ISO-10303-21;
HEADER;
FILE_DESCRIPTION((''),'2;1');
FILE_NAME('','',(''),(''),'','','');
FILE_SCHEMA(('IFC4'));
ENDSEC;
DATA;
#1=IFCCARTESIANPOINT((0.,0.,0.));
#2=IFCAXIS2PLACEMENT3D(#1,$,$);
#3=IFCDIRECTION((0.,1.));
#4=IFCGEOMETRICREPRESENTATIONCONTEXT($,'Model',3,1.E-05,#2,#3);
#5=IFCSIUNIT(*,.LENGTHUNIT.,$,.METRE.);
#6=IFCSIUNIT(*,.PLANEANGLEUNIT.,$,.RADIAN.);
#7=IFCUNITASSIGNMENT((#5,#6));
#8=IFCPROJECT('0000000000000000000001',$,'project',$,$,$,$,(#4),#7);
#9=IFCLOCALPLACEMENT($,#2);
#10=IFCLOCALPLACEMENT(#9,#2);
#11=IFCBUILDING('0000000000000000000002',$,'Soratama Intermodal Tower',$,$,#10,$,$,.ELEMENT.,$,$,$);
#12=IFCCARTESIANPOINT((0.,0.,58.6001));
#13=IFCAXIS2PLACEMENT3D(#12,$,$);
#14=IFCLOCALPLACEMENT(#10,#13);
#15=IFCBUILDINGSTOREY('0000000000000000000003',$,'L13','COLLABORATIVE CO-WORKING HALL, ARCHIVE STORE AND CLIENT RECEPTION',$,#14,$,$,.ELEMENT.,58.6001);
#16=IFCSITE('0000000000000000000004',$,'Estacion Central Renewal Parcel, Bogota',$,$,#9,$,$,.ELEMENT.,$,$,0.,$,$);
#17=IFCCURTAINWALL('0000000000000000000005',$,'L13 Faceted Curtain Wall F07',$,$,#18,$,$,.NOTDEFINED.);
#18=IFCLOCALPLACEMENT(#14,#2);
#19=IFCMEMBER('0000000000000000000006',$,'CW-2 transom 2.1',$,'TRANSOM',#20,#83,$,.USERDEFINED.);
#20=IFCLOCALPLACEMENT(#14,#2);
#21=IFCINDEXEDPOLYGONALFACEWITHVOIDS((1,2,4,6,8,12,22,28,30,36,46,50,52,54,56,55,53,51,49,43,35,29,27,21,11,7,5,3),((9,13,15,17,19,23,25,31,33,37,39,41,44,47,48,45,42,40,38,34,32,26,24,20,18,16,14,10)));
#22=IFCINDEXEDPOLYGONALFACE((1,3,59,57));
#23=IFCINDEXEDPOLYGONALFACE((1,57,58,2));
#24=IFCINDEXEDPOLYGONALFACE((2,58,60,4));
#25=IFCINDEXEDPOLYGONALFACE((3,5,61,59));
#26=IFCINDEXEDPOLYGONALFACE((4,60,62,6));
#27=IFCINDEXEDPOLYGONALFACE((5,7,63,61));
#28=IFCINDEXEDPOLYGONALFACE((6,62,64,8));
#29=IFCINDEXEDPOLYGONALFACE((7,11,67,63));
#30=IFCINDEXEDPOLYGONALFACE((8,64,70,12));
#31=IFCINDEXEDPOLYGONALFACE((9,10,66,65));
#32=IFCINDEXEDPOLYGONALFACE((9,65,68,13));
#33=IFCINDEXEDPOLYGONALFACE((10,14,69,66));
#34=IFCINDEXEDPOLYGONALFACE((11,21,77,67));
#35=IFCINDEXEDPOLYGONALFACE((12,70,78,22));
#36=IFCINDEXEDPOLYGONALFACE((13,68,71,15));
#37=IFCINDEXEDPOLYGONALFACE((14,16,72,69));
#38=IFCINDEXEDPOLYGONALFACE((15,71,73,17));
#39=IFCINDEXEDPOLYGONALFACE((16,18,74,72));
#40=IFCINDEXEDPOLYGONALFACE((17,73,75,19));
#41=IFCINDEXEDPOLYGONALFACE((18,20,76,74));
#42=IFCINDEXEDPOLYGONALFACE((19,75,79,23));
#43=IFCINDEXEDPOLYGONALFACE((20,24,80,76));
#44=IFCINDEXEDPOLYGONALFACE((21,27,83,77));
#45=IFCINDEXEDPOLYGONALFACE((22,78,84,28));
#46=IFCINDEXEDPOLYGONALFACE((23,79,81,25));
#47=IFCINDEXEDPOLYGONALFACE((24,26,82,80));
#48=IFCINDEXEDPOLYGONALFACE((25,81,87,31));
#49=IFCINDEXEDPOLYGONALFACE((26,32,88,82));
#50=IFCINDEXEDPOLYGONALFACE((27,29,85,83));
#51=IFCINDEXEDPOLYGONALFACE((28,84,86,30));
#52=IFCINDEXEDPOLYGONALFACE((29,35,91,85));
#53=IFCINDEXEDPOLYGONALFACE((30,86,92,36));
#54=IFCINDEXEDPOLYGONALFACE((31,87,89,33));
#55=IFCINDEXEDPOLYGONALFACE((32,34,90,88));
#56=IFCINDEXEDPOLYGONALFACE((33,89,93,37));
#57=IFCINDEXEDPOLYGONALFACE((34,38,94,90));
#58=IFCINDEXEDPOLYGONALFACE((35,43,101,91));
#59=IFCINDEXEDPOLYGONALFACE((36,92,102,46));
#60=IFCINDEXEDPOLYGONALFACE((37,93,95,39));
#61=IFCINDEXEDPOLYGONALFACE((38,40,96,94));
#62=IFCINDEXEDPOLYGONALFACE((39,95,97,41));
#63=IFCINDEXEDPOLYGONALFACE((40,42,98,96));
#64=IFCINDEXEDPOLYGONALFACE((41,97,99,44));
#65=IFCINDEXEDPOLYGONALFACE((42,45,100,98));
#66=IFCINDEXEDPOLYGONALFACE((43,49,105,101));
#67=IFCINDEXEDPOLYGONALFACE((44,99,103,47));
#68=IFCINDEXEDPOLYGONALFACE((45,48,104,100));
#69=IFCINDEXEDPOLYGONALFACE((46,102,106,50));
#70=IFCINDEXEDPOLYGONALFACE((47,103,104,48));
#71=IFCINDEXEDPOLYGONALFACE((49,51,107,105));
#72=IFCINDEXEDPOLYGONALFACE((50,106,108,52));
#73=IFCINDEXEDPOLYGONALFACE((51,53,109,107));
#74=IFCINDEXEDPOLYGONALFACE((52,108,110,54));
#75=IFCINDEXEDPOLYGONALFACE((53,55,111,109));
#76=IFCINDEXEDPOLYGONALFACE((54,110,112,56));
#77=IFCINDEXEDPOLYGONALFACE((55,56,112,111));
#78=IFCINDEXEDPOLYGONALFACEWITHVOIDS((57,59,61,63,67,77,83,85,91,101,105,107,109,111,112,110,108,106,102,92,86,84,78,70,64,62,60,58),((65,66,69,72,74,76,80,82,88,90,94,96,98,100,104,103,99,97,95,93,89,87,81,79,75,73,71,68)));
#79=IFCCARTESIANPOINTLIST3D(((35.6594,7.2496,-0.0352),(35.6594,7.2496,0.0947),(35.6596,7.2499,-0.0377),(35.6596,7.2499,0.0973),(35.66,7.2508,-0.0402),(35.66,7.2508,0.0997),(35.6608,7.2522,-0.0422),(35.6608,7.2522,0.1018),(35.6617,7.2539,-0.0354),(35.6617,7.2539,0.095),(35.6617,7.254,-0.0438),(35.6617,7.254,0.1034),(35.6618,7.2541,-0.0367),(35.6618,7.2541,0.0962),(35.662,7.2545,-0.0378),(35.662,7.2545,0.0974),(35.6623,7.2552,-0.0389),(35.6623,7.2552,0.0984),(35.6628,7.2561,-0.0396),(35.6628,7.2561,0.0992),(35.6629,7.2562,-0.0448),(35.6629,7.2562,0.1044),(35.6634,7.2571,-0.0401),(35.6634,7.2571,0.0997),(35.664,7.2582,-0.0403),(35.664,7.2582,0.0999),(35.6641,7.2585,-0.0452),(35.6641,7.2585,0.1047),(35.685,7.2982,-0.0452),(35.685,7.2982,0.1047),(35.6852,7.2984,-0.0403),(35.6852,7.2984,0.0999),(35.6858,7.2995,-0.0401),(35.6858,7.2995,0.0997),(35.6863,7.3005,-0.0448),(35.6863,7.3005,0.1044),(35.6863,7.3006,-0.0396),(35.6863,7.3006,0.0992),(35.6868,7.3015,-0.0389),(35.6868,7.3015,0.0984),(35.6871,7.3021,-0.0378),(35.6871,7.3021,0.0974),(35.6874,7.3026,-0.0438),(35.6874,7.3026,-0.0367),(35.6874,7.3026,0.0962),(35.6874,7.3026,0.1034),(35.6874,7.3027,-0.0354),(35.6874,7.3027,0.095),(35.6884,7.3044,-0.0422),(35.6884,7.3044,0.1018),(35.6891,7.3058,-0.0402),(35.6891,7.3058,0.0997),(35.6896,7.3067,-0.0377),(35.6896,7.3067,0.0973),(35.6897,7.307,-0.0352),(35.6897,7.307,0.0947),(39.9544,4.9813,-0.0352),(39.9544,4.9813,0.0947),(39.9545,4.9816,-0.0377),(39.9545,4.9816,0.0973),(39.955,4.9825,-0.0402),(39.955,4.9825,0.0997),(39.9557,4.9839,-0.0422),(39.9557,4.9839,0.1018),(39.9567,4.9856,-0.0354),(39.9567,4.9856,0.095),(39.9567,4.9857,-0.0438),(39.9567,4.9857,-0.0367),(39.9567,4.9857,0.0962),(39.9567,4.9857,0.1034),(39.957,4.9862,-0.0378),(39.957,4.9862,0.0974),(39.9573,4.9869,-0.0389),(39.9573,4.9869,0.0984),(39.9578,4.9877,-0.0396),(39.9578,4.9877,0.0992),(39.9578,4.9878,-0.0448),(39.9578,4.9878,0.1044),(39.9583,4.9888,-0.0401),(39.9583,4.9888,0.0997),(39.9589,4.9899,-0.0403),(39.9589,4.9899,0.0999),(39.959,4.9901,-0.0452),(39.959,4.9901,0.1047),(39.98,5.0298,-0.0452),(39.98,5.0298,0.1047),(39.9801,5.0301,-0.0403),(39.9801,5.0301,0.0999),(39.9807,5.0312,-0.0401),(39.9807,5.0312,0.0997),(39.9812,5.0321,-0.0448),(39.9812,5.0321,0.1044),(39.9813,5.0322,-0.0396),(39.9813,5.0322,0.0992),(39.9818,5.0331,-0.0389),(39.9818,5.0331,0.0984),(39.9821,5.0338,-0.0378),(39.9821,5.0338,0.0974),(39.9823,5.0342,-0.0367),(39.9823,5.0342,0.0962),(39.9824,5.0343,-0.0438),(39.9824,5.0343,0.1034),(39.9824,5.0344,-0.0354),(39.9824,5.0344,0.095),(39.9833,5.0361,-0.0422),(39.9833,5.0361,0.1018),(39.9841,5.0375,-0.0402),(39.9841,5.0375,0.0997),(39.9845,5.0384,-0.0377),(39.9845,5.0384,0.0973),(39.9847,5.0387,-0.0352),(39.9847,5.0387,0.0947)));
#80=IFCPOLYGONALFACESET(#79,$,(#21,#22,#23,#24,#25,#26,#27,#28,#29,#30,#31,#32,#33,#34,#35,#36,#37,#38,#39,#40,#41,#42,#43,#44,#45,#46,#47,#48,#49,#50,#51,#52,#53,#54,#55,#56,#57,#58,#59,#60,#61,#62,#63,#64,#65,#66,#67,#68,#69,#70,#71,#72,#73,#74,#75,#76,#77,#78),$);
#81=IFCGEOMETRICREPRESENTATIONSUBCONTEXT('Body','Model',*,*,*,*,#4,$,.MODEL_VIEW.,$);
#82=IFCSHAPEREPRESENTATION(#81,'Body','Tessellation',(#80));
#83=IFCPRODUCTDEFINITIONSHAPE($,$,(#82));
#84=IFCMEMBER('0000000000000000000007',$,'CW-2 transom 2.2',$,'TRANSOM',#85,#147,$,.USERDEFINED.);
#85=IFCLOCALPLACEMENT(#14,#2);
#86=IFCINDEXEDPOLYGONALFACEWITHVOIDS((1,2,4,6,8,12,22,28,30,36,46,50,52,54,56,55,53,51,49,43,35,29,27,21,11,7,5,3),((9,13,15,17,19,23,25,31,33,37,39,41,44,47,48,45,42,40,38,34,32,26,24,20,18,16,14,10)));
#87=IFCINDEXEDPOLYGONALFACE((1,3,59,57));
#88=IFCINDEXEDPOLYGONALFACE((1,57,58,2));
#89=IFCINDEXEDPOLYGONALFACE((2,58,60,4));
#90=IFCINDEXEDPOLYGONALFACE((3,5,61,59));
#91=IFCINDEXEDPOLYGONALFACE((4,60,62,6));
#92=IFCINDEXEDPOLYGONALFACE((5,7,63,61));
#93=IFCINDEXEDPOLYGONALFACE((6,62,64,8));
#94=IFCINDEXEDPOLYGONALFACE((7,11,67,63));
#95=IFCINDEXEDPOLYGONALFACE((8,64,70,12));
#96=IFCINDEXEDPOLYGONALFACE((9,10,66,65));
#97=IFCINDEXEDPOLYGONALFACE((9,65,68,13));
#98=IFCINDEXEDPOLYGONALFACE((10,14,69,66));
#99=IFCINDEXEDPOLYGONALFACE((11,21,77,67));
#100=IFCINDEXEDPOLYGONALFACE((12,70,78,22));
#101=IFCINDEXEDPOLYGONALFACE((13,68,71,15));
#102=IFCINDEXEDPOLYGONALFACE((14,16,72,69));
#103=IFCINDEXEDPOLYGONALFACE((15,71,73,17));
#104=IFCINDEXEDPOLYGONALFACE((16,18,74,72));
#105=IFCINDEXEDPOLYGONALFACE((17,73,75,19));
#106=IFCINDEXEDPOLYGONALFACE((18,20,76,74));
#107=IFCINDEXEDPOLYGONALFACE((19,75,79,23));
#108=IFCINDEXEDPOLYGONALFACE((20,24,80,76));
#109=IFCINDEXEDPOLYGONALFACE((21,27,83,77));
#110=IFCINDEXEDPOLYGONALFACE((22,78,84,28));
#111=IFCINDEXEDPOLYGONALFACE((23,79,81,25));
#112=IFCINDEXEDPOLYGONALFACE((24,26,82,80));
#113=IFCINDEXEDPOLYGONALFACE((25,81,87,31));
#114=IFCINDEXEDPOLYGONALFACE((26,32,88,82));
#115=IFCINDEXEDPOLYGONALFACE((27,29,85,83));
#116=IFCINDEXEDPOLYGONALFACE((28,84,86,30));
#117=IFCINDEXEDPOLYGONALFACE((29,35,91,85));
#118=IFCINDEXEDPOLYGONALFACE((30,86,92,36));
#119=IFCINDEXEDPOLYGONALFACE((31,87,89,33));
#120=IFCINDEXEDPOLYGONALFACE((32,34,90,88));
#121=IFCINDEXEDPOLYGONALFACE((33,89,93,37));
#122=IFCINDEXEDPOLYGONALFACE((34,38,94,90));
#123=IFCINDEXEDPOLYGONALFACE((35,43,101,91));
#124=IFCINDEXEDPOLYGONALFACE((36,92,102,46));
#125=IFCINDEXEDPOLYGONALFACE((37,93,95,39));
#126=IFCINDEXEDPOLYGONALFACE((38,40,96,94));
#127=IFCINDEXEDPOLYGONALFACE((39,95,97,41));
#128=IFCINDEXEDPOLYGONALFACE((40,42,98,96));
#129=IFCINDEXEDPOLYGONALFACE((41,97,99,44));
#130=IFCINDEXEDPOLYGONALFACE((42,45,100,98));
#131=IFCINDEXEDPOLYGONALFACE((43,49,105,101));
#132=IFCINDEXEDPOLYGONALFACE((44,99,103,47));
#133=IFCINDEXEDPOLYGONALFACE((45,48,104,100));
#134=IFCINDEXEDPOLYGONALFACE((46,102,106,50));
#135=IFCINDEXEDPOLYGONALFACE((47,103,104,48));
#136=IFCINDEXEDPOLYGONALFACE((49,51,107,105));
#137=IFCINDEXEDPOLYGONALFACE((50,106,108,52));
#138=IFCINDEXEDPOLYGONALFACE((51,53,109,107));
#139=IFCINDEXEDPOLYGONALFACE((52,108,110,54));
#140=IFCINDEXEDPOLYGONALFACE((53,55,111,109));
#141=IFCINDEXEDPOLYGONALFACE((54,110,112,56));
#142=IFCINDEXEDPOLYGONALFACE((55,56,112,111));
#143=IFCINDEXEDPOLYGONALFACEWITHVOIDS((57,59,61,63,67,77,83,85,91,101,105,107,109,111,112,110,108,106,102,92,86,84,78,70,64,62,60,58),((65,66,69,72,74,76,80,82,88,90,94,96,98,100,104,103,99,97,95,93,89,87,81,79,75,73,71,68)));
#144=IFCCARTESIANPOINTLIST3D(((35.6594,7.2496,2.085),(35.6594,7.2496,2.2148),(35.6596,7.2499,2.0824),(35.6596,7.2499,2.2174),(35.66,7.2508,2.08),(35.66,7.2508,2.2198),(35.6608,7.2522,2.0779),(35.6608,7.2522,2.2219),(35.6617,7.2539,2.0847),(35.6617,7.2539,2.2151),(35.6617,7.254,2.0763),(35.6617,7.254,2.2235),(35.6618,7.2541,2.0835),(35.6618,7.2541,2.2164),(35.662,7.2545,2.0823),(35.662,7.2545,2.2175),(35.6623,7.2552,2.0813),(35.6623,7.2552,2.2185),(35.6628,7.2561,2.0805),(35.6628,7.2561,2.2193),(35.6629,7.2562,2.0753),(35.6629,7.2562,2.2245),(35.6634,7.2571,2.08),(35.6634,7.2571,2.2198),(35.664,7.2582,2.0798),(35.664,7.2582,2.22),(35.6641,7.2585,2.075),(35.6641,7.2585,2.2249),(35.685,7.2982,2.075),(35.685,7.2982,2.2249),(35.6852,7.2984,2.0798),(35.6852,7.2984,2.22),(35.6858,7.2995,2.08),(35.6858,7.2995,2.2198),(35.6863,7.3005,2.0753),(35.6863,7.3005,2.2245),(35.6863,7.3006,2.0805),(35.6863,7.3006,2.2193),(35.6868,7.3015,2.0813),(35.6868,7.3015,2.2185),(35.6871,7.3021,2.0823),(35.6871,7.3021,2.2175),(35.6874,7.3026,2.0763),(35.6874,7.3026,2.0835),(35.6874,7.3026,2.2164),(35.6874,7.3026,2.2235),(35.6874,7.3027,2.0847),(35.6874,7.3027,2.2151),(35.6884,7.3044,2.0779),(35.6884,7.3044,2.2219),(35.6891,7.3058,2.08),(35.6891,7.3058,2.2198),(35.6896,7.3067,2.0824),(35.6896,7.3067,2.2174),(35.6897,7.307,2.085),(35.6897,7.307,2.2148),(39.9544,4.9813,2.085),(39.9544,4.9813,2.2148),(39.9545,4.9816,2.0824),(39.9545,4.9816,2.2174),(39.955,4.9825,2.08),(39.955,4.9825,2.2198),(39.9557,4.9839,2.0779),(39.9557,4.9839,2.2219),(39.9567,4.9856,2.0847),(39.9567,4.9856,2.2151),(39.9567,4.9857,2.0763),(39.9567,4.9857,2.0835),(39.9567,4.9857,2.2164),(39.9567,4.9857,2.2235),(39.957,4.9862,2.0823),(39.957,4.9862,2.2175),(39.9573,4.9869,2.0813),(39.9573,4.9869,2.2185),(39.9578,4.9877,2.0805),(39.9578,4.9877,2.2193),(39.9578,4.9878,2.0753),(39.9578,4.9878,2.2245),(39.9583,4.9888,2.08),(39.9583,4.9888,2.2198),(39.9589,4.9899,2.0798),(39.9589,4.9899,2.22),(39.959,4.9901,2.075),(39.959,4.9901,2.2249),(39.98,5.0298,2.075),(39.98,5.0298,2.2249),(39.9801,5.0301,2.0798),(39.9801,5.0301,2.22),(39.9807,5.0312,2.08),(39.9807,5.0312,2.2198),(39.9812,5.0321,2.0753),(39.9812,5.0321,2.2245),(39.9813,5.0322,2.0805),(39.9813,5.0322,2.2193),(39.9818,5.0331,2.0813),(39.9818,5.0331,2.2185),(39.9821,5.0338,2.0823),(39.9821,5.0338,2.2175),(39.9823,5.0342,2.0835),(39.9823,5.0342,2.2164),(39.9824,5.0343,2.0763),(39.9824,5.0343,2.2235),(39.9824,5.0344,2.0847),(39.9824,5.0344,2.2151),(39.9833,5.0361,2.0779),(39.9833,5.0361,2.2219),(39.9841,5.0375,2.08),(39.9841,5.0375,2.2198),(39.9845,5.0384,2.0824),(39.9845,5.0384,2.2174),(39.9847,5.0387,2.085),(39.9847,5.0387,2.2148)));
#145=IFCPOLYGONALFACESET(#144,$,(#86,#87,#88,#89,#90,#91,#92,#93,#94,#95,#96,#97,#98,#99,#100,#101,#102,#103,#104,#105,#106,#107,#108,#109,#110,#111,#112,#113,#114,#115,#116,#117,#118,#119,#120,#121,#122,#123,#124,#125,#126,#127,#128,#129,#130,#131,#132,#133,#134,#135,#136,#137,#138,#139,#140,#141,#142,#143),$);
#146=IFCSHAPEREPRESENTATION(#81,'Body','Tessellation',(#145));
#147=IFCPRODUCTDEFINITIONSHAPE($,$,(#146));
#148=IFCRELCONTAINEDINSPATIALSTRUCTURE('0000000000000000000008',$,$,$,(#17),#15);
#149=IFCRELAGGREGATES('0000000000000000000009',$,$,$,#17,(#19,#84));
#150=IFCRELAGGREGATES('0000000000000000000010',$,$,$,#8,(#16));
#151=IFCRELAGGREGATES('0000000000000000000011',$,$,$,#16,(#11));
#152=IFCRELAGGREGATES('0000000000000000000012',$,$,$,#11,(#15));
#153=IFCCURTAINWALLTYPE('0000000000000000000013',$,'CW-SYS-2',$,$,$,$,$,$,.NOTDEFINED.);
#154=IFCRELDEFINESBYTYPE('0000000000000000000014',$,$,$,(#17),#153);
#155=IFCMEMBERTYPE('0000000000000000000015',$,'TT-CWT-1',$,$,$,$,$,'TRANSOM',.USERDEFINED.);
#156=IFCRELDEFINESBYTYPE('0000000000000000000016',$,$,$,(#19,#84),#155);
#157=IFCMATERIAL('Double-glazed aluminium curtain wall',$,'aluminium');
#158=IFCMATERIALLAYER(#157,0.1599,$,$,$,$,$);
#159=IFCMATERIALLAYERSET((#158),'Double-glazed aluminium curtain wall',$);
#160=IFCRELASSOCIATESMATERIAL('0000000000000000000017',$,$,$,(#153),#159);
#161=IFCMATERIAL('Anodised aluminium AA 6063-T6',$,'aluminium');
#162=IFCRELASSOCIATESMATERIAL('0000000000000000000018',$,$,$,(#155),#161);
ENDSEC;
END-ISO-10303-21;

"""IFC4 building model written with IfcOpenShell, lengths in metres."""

from ifc_helpers import new_model, si_unit, direction, frame, origin, origin_2d, place, context, subcontext, project, spatial, hollow_rectangle, extrude, material, layer, layer_set, material_profile, profile_set, type_object, element, aggregate, save


model = new_model("IFC4")

# Units and contexts
model_context = context("Model", 3, precision=1e-05, world=origin(), true_north=direction((0.0, 1.0)))
body_context = subcontext(model_context, "Body", "Model", "MODEL_VIEW")
ifc_project = project(units=[si_unit("LENGTHUNIT", "METRE"), si_unit("PLANEANGLEUNIT", "RADIAN")], contexts=[model_context])

# Site, building, storey
site_placement = place(None, origin())
site = spatial("IfcSite", under=ifc_project, at=site_placement, Name="Estacion Central Renewal Parcel, Bogota", CompositionType="ELEMENT", RefElevation=0.0)
building_placement = place(site_placement, origin())
building = spatial("IfcBuilding", under=site, at=building_placement, Name="Soratama Intermodal Tower", CompositionType="ELEMENT")
storey_placement = place(building_placement, frame((0.0, 0.0, 58.6001)))
storey = spatial("IfcBuildingStorey", under=building, at=storey_placement, Name="L13", Description="COLLABORATIVE CO-WORKING HALL, ARCHIVE STORE AND CLIENT RECEPTION", CompositionType="ELEMENT", Elevation=58.6001)

# Curtain wall, members
ifc_material_1 = material(Name="Double-glazed aluminium curtain wall", Category="aluminium")
ifc_layer_1 = layer(ifc_material_1, 0.1599)
ifc_layer_set_1 = layer_set([ifc_layer_1], Name="Double-glazed aluminium curtain wall")
curtain_wall_type = type_object("IfcCurtainWallType", Name="CW-SYS-2", PredefinedType="NOTDEFINED", material=ifc_layer_set_1)
curtain_wall_placement = place(storey_placement, origin())
curtain_wall = element("IfcCurtainWall", 1, at=curtain_wall_placement, inside=storey, type_object=curtain_wall_type, Name="L13 Faceted Curtain Wall F07", PredefinedType="NOTDEFINED")
ifc_material_2 = material(Name="Anodised aluminium AA 6063-T6", Category="aluminium")
ifc_material_profile_1 = material_profile(ifc_material_2, hollow_rectangle(XDim=0.0649, YDim=0.1499, WallThickness=0.0049, InnerFilletRadius=0.0049, OuterFilletRadius=0.01, at=origin_2d()), Name="CWT150X65X5")
ifc_profile_set_1 = profile_set([ifc_material_profile_1], Name="Anodised aluminium AA 6063-T6")
member_type_1 = type_object("IfcMemberType", Name="TT-CWT-1", ElementType="TRANSOM", PredefinedType="USERDEFINED", material=ifc_profile_set_1)
member_1_placement = place(storey_placement, frame((35.6746, 7.2783, 0.0298), z_axis=(0.884253, -0.467008, 0.0), x_axis=(0.467008, 0.884253, 0.0)))
member_1 = element("IfcMember", 2, at=member_1_placement, type_object=member_type_1, Name="CW-2 transom 2.1", ObjectType="TRANSOM", PredefinedType="USERDEFINED", context=body_context, shape_type="SweptSolid", body=[
    extrude(hollow_rectangle(XDim=0.0649, YDim=0.1499, WallThickness=0.0049, InnerFilletRadius=0.0049, OuterFilletRadius=0.01, at=origin_2d()), origin(), (0.0, 0.0, 1.0), 4.8572),
])
member_2_placement = place(storey_placement, frame((35.6746, 7.2783, 2.1499), z_axis=(0.884253, -0.467008, 0.0), x_axis=(0.467008, 0.884253, 0.0)))
member_2 = element("IfcMember", 3, at=member_2_placement, type_object=member_type_1, Name="CW-2 transom 2.2", ObjectType="TRANSOM", PredefinedType="USERDEFINED", context=body_context, shape_type="SweptSolid", body=[
    extrude(hollow_rectangle(XDim=0.0649, YDim=0.1499, WallThickness=0.0049, InnerFilletRadius=0.0049, OuterFilletRadius=0.01, at=origin_2d()), origin(), (0.0, 0.0, 1.0), 4.8572),
])
aggregate(curtain_wall, [member_1, member_2])

save(model, "model.ifc")
